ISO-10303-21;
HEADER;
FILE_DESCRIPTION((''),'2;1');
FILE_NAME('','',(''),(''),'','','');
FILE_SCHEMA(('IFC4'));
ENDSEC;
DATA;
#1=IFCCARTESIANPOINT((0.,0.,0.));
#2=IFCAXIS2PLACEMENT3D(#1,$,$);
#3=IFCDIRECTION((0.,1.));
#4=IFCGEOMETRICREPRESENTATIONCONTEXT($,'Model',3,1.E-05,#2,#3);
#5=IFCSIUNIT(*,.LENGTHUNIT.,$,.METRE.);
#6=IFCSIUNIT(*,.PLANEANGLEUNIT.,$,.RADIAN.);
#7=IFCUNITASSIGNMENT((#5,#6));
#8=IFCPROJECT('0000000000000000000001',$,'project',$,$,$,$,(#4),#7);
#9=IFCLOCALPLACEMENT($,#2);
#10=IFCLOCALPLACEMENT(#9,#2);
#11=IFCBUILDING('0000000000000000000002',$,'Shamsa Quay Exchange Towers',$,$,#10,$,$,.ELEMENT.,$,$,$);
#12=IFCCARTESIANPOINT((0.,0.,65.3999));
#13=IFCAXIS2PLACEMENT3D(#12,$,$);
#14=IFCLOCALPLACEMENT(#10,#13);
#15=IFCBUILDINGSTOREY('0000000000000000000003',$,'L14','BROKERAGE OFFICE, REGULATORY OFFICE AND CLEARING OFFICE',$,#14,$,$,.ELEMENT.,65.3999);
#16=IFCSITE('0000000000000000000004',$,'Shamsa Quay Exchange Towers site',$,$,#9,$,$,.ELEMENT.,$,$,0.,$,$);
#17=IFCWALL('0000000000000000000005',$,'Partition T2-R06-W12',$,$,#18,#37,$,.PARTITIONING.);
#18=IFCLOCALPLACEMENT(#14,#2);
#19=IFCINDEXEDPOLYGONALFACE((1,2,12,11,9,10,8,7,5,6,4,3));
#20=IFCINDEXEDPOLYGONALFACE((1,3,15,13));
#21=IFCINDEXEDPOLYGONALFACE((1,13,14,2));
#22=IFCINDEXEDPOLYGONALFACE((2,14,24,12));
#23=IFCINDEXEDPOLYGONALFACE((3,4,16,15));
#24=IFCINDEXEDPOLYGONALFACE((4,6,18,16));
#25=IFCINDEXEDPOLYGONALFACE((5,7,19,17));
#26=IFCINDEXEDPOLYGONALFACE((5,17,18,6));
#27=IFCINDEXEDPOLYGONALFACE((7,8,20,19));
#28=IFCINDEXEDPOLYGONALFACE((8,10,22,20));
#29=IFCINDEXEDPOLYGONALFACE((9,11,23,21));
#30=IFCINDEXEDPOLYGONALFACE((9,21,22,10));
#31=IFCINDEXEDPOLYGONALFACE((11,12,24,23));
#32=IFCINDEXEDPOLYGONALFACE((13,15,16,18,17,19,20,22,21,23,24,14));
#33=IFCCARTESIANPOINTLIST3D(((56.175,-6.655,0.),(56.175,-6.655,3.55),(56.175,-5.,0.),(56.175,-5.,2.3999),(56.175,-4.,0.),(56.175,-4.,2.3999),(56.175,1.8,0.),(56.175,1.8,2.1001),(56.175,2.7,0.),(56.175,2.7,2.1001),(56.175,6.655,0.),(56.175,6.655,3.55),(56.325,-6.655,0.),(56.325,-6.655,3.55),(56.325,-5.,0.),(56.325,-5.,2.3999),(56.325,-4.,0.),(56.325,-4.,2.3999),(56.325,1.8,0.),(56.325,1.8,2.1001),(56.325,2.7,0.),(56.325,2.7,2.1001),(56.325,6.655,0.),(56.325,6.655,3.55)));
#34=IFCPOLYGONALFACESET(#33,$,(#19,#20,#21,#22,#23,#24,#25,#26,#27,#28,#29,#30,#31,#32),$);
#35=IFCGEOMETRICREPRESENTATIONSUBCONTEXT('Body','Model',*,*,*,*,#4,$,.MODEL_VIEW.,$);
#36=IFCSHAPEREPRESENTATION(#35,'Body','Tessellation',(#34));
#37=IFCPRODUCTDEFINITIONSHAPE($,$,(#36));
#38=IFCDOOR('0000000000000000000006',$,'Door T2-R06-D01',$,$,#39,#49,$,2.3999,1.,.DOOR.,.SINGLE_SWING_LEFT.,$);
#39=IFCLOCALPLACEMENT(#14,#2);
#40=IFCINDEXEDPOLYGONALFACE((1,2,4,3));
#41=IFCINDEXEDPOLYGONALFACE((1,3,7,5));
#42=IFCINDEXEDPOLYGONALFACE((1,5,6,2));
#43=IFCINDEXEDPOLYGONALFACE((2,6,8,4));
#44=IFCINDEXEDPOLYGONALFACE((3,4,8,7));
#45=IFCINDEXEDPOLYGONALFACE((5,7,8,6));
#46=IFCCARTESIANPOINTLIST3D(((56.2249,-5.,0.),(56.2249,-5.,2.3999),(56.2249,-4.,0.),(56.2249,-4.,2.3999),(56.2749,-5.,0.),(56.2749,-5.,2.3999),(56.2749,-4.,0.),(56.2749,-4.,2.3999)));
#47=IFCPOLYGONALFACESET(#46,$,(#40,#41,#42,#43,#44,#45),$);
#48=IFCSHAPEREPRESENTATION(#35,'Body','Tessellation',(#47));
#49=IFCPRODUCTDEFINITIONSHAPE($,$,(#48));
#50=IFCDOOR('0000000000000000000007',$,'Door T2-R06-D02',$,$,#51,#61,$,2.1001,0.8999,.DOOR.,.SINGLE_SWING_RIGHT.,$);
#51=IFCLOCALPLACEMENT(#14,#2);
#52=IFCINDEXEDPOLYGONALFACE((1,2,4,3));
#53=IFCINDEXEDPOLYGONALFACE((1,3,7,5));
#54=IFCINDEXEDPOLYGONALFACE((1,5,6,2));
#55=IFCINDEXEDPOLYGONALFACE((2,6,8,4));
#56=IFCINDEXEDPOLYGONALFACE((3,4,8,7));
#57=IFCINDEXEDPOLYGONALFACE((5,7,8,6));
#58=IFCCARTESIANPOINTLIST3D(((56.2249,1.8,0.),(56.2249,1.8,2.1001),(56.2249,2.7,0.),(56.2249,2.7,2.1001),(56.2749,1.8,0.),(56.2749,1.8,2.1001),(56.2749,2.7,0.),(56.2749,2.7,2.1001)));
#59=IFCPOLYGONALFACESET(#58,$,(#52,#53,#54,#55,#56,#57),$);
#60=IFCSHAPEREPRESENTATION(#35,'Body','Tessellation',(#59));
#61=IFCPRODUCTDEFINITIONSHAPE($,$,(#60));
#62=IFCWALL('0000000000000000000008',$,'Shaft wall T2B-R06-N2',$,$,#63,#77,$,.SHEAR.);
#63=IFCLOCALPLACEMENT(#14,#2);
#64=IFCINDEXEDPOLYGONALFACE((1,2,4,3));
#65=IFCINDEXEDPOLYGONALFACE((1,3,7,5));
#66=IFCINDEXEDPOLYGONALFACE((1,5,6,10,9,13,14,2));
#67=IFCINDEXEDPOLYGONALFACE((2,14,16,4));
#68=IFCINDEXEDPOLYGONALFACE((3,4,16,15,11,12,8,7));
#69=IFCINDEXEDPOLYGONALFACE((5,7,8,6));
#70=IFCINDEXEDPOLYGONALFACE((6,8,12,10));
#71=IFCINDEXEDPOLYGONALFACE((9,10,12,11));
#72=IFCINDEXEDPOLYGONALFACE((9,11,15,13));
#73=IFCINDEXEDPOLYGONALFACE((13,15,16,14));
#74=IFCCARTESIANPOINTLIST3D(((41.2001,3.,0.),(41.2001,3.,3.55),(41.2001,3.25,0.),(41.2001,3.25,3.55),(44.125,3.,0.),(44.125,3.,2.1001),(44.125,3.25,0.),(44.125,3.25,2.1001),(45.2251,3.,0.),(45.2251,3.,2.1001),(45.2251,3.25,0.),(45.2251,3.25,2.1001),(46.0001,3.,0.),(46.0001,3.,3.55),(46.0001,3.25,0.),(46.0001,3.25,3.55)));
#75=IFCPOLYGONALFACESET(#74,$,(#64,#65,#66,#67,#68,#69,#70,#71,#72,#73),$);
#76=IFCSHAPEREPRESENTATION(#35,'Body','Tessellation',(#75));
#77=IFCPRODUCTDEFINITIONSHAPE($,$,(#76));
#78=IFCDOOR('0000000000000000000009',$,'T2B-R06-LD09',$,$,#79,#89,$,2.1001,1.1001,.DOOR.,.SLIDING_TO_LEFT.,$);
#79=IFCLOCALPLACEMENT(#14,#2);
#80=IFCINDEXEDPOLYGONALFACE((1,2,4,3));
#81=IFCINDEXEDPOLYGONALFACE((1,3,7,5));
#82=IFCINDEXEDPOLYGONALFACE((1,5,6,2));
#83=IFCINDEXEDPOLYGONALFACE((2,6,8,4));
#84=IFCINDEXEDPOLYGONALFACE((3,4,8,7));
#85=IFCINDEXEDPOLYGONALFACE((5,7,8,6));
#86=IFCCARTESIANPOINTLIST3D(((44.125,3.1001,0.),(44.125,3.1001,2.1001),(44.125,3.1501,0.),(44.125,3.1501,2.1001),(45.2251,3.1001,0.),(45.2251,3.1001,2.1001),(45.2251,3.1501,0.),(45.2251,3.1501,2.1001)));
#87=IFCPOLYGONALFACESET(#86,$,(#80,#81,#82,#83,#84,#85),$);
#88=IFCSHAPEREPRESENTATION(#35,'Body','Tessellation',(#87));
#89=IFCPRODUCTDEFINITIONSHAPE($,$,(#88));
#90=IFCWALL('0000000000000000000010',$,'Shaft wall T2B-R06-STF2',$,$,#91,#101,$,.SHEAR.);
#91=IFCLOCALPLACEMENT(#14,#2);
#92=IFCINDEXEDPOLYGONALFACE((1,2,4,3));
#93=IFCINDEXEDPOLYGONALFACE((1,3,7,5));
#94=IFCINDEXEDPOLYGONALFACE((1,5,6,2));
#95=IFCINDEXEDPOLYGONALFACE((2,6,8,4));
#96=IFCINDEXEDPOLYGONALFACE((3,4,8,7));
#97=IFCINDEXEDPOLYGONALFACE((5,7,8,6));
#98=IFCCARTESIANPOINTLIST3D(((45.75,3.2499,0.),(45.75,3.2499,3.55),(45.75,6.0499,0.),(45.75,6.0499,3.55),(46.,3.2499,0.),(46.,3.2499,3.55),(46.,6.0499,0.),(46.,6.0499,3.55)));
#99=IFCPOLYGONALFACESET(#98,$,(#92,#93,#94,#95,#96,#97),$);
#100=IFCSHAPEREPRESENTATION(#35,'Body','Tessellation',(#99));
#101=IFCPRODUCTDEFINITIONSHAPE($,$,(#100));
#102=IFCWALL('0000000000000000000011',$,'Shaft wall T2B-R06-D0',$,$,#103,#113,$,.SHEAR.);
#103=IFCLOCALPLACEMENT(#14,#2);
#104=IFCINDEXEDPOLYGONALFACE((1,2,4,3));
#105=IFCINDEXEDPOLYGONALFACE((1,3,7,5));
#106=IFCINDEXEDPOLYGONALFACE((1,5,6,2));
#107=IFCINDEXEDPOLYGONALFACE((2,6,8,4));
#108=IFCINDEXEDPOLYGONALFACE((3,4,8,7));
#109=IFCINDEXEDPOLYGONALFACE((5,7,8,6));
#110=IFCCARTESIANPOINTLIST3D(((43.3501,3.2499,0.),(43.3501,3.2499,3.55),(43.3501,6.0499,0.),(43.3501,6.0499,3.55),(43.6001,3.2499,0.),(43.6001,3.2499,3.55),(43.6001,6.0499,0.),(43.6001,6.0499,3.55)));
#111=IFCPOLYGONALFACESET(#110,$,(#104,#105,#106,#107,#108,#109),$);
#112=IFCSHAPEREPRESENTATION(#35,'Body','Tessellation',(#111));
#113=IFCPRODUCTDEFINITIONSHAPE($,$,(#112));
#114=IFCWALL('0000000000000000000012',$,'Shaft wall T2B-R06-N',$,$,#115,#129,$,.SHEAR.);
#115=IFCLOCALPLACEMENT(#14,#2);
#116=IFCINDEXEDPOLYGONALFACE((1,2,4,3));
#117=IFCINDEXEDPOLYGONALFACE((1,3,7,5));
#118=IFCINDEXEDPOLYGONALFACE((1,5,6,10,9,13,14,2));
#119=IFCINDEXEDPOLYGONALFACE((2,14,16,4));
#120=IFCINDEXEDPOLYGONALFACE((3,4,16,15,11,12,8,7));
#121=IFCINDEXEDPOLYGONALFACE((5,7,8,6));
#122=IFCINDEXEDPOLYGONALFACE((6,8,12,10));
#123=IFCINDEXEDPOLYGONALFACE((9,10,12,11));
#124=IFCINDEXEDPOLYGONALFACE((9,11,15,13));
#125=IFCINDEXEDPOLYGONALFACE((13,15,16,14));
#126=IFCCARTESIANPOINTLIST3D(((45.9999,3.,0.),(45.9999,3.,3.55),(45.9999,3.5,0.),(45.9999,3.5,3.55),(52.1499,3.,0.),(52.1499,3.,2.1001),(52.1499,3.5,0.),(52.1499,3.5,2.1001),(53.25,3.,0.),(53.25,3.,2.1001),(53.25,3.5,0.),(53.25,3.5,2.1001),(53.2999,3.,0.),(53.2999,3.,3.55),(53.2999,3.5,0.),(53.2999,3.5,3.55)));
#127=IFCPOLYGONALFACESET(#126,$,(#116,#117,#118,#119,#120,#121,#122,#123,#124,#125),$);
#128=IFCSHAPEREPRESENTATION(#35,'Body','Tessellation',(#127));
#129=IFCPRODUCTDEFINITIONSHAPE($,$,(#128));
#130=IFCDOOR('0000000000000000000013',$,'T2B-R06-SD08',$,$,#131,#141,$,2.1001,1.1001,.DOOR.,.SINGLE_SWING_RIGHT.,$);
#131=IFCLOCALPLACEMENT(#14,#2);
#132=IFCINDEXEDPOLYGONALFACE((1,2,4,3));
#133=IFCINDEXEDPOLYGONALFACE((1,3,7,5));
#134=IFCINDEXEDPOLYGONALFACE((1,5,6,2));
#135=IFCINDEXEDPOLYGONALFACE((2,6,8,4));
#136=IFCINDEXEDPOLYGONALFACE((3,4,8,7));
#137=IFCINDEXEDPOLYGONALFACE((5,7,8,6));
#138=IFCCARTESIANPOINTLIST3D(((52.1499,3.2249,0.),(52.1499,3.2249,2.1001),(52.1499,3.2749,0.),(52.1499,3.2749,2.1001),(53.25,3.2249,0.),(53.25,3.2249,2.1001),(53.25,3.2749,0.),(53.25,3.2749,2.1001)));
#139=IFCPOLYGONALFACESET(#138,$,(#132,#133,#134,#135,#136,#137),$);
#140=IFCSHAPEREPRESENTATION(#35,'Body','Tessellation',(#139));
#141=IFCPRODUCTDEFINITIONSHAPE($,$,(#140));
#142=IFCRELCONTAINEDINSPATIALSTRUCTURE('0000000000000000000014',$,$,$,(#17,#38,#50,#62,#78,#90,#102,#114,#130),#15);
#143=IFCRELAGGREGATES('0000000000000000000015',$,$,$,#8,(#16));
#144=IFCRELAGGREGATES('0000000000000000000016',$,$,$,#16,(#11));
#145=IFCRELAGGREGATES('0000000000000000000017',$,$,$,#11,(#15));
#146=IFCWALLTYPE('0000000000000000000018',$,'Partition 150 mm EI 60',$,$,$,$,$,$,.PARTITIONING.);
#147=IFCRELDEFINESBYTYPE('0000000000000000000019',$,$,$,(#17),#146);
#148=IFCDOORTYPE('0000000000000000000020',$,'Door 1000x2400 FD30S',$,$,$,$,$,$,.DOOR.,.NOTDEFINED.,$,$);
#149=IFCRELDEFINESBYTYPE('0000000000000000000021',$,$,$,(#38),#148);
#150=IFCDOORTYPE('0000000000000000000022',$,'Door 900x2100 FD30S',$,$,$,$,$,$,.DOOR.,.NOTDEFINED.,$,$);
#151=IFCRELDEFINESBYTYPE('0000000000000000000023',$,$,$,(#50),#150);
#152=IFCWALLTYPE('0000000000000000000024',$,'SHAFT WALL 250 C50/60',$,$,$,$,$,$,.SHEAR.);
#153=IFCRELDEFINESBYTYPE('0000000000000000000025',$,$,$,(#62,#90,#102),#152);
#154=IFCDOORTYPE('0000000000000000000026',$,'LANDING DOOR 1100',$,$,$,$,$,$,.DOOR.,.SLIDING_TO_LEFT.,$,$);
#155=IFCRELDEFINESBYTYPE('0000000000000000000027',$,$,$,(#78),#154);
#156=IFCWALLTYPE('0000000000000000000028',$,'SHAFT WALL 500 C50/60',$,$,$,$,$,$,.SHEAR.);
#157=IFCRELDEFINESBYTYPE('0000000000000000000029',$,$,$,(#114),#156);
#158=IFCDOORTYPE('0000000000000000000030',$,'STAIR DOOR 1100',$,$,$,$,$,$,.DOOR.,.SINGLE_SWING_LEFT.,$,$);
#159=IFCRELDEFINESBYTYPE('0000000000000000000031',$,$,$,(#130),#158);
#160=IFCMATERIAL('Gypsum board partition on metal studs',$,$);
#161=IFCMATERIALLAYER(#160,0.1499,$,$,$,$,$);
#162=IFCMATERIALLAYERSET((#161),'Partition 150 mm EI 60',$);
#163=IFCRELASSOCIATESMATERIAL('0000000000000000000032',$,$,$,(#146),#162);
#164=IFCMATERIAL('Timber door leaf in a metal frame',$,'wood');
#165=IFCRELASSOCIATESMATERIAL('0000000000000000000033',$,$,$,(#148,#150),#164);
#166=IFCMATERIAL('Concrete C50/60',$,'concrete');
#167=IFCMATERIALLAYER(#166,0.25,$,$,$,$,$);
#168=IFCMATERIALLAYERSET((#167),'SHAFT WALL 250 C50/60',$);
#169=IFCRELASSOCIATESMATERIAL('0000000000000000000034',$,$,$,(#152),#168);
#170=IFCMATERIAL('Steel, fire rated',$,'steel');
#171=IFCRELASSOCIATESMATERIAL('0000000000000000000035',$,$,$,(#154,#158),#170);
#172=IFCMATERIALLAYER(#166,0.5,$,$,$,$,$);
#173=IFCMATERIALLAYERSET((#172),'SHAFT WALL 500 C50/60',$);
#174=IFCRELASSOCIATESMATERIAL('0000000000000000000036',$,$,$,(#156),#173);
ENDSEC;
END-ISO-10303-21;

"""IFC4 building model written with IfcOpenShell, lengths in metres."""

from ifc_helpers import new_model, si_unit, direction, frame, frame_2d, origin, place, context, subcontext, project, spatial, rectangle, extrude, material, layer, layer_set, type_object, element, fill, save


model = new_model("IFC4")

# Units and contexts
model_context = context("Model", 3, precision=1e-05, world=origin(), true_north=direction((0.0, 1.0)))
body_context = subcontext(model_context, "Body", "Model", "MODEL_VIEW")
ifc_project = project(units=[si_unit("LENGTHUNIT", "METRE"), si_unit("PLANEANGLEUNIT", "RADIAN")], contexts=[model_context])

# Site, building, storey
site_placement = place(None, origin())
site = spatial("IfcSite", under=ifc_project, at=site_placement, Name="Shamsa Quay Exchange Towers site", CompositionType="ELEMENT", RefElevation=0.0)
building_placement = place(site_placement, origin())
building = spatial("IfcBuilding", under=site, at=building_placement, Name="Shamsa Quay Exchange Towers", CompositionType="ELEMENT")
storey_placement = place(building_placement, frame((0.0, 0.0, 65.3999)))
storey = spatial("IfcBuildingStorey", under=building, at=storey_placement, Name="L14", Description="BROKERAGE OFFICE, REGULATORY OFFICE AND CLEARING OFFICE", CompositionType="ELEMENT", Elevation=65.3999)

# Wall, openings, doors
ifc_material_1 = material(Name="Gypsum board partition on metal studs")
ifc_layer_1 = layer(ifc_material_1, 0.1499)
ifc_layer_set_1 = layer_set([ifc_layer_1], Name="Partition 150 mm EI 60")
wall_type_1 = type_object("IfcWallType", Name="Partition 150 mm EI 60", PredefinedType="PARTITIONING", material=ifc_layer_set_1)
wall_1_placement = place(storey_placement, frame((56.25, 6.655, 0.0), z_axis=(0.0, 0.0, 1.0), x_axis=(0.0, -1.0, 0.0)))
wall_1 = element("IfcWall", 1, at=wall_1_placement, inside=storey, type_object=wall_type_1, Name="Partition T2-R06-W12", PredefinedType="PARTITIONING", context=body_context, shape_type="SweptSolid", body=[
    extrude(rectangle(XDim=13.3101, YDim=0.1499, at=frame_2d((6.655, 0.0))), origin(), (0.0, 0.0, 1.0), 3.55),
])
opening_1_placement = place(wall_1_placement, frame((10.655, 0.0, 0.0)))
opening_1 = element("IfcOpeningElement", 2, at=opening_1_placement, cuts=wall_1, PredefinedType="OPENING", context=body_context, shape_type="SweptSolid", body=[
    extrude(rectangle(XDim=1.0, YDim=2.3999, at=frame_2d((0.5, 1.2))), frame((0.0, 0.085, 0.0), z_axis=(0.0, -1.0, 0.0), x_axis=(1.0, 0.0, 0.0)), (0.0, 0.0, 1.0), 0.1699),
])
opening_2_placement = place(wall_1_placement, frame((3.9551, 0.0, 0.0)))
opening_2 = element("IfcOpeningElement", 3, at=opening_2_placement, cuts=wall_1, PredefinedType="OPENING", context=body_context, shape_type="SweptSolid", body=[
    extrude(rectangle(XDim=0.8999, YDim=2.1001, at=frame_2d((0.45, 1.05))), frame((0.0, 0.085, 0.0), z_axis=(0.0, -1.0, 0.0), x_axis=(1.0, 0.0, 0.0)), (0.0, 0.0, 1.0), 0.1699),
])
ifc_material_2 = material(Name="Timber door leaf in a metal frame", Category="wood")
door_type_1 = type_object("IfcDoorType", Name="Door 1000x2400 FD30S", OperationType="NOTDEFINED", PredefinedType="DOOR", material=ifc_material_2)
door_1_placement = place(opening_1_placement, origin())
door_1 = element("IfcDoor", 4, at=door_1_placement, inside=storey, type_object=door_type_1, Name="Door T2-R06-D01", OperationType="SINGLE_SWING_LEFT", OverallHeight=2.3999, OverallWidth=1.0, PredefinedType="DOOR", context=body_context, shape_type="SweptSolid", body=[
    extrude(rectangle(XDim=1.0, YDim=2.3999, at=frame_2d((0.5, 1.2))), frame((0.0, 0.0249, 0.0), z_axis=(0.0, -1.0, 0.0), x_axis=(1.0, 0.0, 0.0)), (0.0, 0.0, 1.0), 0.05),
])
fill(opening_1, door_1)
door_type_2 = type_object("IfcDoorType", Name="Door 900x2100 FD30S", OperationType="NOTDEFINED", PredefinedType="DOOR", material=ifc_material_2)
door_2_placement = place(opening_2_placement, origin())
door_2 = element("IfcDoor", 5, at=door_2_placement, inside=storey, type_object=door_type_2, Name="Door T2-R06-D02", OperationType="SINGLE_SWING_RIGHT", OverallHeight=2.1001, OverallWidth=0.8999, PredefinedType="DOOR", context=body_context, shape_type="SweptSolid", body=[
    extrude(rectangle(XDim=0.8999, YDim=2.1001, at=frame_2d((0.45, 1.05))), frame((0.0, 0.0249, 0.0), z_axis=(0.0, -1.0, 0.0), x_axis=(1.0, 0.0, 0.0)), (0.0, 0.0, 1.0), 0.05),
])
fill(opening_2, door_2)

# Wall, opening, door
ifc_material_3 = material(Name="Concrete C50/60", Category="concrete")
ifc_layer_2 = layer(ifc_material_3, 0.25)
ifc_layer_set_2 = layer_set([ifc_layer_2], Name="SHAFT WALL 250 C50/60")
wall_type_2 = type_object("IfcWallType", Name="SHAFT WALL 250 C50/60", PredefinedType="SHEAR", material=ifc_layer_set_2)
wall_2_placement = place(storey_placement, frame((46.0, 3.125, 0.0), z_axis=(0.0, 0.0, 1.0), x_axis=(-1.0, 0.0, 0.0)))
wall_2 = element("IfcWall", 6, at=wall_2_placement, inside=storey, type_object=wall_type_2, Name="Shaft wall T2B-R06-N2", PredefinedType="SHEAR", context=body_context, shape_type="SweptSolid", body=[
    extrude(rectangle(XDim=4.8, YDim=0.25, at=frame_2d((2.3999, 0.0))), origin(), (0.0, 0.0, 1.0), 3.55),
])
opening_3_placement = place(wall_2_placement, frame((0.7749, 0.0, 0.0)))
opening_3 = element("IfcOpeningElement", 7, at=opening_3_placement, cuts=wall_2, PredefinedType="OPENING", context=body_context, shape_type="SweptSolid", body=[
    extrude(rectangle(XDim=1.1001, YDim=2.1001, at=frame_2d((0.55, 1.05))), frame((0.0, 0.135, 0.0), z_axis=(0.0, -1.0, 0.0), x_axis=(1.0, 0.0, 0.0)), (0.0, 0.0, 1.0), 0.27),
])
ifc_material_4 = material(Name="Steel, fire rated", Category="steel")
door_type_3 = type_object("IfcDoorType", Name="LANDING DOOR 1100", OperationType="SLIDING_TO_LEFT", PredefinedType="DOOR", material=ifc_material_4)
door_3_placement = place(opening_3_placement, origin())
door_3 = element("IfcDoor", 8, at=door_3_placement, inside=storey, type_object=door_type_3, Name="T2B-R06-LD09", OperationType="SLIDING_TO_LEFT", OverallHeight=2.1001, OverallWidth=1.1001, PredefinedType="DOOR", context=body_context, shape_type="SweptSolid", body=[
    extrude(rectangle(XDim=1.1001, YDim=2.1001, at=frame_2d((0.55, 1.05))), frame((0.0, 0.0249, 0.0), z_axis=(0.0, -1.0, 0.0), x_axis=(1.0, 0.0, 0.0)), (0.0, 0.0, 1.0), 0.05),
])
fill(opening_3, door_3)

# Walls
for number, where, z_axis, x_axis, name in (
    (9, (45.875, 3.25, 0.0), (0.0, 0.0, 1.0), (0.0, 1.0, 0.0), "Shaft wall T2B-R06-STF2"),
    (10, (43.4751, 3.25, 0.0), (0.0, 0.0, 1.0), (0.0, 1.0, 0.0), "Shaft wall T2B-R06-D0"),
):
    element("IfcWall", number, at=place(storey_placement, frame(where, z_axis=z_axis, x_axis=x_axis)), inside=storey, type_object=wall_type_2, Name=name, PredefinedType="SHEAR", context=body_context, shape_type="SweptSolid", body=[
        extrude(rectangle(XDim=2.8, YDim=0.25, at=frame_2d((1.3999, 0.0))), origin(), (0.0, 0.0, 1.0), 3.55),
    ])

# Wall, opening, door
ifc_layer_3 = layer(ifc_material_3, 0.5)
ifc_layer_set_3 = layer_set([ifc_layer_3], Name="SHAFT WALL 500 C50/60")
wall_type_3 = type_object("IfcWallType", Name="SHAFT WALL 500 C50/60", PredefinedType="SHEAR", material=ifc_layer_set_3)
wall_3_placement = place(storey_placement, frame((46.0, 3.25, 0.0)))
wall_3 = element("IfcWall", 11, at=wall_3_placement, inside=storey, type_object=wall_type_3, Name="Shaft wall T2B-R06-N", PredefinedType="SHEAR", context=body_context, shape_type="SweptSolid", body=[
    extrude(rectangle(XDim=7.3, YDim=0.5, at=frame_2d((3.6499, 0.0))), origin(), (0.0, 0.0, 1.0), 3.55),
])
opening_4_placement = place(wall_3_placement, frame((6.1499, 0.0, 0.0)))
opening_4 = element("IfcOpeningElement", 12, at=opening_4_placement, cuts=wall_3, PredefinedType="OPENING", context=body_context, shape_type="SweptSolid", body=[
    extrude(rectangle(XDim=1.1001, YDim=2.1001, at=frame_2d((0.55, 1.05))), frame((0.0, 0.26, 0.0), z_axis=(0.0, -1.0, 0.0), x_axis=(1.0, 0.0, 0.0)), (0.0, 0.0, 1.0), 0.52),
])
door_type_4 = type_object("IfcDoorType", Name="STAIR DOOR 1100", OperationType="SINGLE_SWING_LEFT", PredefinedType="DOOR", material=ifc_material_4)
door_4_placement = place(opening_4_placement, origin())
door_4 = element("IfcDoor", 13, at=door_4_placement, inside=storey, type_object=door_type_4, Name="T2B-R06-SD08", OperationType="SINGLE_SWING_RIGHT", OverallHeight=2.1001, OverallWidth=1.1001, PredefinedType="DOOR", context=body_context, shape_type="SweptSolid", body=[
    extrude(rectangle(XDim=1.1001, YDim=2.1001, at=frame_2d((0.55, 1.05))), frame((0.0, 0.0249, 0.0), z_axis=(0.0, -1.0, 0.0), x_axis=(1.0, 0.0, 0.0)), (0.0, 0.0, 1.0), 0.05),
])
fill(opening_4, door_4)

save(model, "model.ifc")
